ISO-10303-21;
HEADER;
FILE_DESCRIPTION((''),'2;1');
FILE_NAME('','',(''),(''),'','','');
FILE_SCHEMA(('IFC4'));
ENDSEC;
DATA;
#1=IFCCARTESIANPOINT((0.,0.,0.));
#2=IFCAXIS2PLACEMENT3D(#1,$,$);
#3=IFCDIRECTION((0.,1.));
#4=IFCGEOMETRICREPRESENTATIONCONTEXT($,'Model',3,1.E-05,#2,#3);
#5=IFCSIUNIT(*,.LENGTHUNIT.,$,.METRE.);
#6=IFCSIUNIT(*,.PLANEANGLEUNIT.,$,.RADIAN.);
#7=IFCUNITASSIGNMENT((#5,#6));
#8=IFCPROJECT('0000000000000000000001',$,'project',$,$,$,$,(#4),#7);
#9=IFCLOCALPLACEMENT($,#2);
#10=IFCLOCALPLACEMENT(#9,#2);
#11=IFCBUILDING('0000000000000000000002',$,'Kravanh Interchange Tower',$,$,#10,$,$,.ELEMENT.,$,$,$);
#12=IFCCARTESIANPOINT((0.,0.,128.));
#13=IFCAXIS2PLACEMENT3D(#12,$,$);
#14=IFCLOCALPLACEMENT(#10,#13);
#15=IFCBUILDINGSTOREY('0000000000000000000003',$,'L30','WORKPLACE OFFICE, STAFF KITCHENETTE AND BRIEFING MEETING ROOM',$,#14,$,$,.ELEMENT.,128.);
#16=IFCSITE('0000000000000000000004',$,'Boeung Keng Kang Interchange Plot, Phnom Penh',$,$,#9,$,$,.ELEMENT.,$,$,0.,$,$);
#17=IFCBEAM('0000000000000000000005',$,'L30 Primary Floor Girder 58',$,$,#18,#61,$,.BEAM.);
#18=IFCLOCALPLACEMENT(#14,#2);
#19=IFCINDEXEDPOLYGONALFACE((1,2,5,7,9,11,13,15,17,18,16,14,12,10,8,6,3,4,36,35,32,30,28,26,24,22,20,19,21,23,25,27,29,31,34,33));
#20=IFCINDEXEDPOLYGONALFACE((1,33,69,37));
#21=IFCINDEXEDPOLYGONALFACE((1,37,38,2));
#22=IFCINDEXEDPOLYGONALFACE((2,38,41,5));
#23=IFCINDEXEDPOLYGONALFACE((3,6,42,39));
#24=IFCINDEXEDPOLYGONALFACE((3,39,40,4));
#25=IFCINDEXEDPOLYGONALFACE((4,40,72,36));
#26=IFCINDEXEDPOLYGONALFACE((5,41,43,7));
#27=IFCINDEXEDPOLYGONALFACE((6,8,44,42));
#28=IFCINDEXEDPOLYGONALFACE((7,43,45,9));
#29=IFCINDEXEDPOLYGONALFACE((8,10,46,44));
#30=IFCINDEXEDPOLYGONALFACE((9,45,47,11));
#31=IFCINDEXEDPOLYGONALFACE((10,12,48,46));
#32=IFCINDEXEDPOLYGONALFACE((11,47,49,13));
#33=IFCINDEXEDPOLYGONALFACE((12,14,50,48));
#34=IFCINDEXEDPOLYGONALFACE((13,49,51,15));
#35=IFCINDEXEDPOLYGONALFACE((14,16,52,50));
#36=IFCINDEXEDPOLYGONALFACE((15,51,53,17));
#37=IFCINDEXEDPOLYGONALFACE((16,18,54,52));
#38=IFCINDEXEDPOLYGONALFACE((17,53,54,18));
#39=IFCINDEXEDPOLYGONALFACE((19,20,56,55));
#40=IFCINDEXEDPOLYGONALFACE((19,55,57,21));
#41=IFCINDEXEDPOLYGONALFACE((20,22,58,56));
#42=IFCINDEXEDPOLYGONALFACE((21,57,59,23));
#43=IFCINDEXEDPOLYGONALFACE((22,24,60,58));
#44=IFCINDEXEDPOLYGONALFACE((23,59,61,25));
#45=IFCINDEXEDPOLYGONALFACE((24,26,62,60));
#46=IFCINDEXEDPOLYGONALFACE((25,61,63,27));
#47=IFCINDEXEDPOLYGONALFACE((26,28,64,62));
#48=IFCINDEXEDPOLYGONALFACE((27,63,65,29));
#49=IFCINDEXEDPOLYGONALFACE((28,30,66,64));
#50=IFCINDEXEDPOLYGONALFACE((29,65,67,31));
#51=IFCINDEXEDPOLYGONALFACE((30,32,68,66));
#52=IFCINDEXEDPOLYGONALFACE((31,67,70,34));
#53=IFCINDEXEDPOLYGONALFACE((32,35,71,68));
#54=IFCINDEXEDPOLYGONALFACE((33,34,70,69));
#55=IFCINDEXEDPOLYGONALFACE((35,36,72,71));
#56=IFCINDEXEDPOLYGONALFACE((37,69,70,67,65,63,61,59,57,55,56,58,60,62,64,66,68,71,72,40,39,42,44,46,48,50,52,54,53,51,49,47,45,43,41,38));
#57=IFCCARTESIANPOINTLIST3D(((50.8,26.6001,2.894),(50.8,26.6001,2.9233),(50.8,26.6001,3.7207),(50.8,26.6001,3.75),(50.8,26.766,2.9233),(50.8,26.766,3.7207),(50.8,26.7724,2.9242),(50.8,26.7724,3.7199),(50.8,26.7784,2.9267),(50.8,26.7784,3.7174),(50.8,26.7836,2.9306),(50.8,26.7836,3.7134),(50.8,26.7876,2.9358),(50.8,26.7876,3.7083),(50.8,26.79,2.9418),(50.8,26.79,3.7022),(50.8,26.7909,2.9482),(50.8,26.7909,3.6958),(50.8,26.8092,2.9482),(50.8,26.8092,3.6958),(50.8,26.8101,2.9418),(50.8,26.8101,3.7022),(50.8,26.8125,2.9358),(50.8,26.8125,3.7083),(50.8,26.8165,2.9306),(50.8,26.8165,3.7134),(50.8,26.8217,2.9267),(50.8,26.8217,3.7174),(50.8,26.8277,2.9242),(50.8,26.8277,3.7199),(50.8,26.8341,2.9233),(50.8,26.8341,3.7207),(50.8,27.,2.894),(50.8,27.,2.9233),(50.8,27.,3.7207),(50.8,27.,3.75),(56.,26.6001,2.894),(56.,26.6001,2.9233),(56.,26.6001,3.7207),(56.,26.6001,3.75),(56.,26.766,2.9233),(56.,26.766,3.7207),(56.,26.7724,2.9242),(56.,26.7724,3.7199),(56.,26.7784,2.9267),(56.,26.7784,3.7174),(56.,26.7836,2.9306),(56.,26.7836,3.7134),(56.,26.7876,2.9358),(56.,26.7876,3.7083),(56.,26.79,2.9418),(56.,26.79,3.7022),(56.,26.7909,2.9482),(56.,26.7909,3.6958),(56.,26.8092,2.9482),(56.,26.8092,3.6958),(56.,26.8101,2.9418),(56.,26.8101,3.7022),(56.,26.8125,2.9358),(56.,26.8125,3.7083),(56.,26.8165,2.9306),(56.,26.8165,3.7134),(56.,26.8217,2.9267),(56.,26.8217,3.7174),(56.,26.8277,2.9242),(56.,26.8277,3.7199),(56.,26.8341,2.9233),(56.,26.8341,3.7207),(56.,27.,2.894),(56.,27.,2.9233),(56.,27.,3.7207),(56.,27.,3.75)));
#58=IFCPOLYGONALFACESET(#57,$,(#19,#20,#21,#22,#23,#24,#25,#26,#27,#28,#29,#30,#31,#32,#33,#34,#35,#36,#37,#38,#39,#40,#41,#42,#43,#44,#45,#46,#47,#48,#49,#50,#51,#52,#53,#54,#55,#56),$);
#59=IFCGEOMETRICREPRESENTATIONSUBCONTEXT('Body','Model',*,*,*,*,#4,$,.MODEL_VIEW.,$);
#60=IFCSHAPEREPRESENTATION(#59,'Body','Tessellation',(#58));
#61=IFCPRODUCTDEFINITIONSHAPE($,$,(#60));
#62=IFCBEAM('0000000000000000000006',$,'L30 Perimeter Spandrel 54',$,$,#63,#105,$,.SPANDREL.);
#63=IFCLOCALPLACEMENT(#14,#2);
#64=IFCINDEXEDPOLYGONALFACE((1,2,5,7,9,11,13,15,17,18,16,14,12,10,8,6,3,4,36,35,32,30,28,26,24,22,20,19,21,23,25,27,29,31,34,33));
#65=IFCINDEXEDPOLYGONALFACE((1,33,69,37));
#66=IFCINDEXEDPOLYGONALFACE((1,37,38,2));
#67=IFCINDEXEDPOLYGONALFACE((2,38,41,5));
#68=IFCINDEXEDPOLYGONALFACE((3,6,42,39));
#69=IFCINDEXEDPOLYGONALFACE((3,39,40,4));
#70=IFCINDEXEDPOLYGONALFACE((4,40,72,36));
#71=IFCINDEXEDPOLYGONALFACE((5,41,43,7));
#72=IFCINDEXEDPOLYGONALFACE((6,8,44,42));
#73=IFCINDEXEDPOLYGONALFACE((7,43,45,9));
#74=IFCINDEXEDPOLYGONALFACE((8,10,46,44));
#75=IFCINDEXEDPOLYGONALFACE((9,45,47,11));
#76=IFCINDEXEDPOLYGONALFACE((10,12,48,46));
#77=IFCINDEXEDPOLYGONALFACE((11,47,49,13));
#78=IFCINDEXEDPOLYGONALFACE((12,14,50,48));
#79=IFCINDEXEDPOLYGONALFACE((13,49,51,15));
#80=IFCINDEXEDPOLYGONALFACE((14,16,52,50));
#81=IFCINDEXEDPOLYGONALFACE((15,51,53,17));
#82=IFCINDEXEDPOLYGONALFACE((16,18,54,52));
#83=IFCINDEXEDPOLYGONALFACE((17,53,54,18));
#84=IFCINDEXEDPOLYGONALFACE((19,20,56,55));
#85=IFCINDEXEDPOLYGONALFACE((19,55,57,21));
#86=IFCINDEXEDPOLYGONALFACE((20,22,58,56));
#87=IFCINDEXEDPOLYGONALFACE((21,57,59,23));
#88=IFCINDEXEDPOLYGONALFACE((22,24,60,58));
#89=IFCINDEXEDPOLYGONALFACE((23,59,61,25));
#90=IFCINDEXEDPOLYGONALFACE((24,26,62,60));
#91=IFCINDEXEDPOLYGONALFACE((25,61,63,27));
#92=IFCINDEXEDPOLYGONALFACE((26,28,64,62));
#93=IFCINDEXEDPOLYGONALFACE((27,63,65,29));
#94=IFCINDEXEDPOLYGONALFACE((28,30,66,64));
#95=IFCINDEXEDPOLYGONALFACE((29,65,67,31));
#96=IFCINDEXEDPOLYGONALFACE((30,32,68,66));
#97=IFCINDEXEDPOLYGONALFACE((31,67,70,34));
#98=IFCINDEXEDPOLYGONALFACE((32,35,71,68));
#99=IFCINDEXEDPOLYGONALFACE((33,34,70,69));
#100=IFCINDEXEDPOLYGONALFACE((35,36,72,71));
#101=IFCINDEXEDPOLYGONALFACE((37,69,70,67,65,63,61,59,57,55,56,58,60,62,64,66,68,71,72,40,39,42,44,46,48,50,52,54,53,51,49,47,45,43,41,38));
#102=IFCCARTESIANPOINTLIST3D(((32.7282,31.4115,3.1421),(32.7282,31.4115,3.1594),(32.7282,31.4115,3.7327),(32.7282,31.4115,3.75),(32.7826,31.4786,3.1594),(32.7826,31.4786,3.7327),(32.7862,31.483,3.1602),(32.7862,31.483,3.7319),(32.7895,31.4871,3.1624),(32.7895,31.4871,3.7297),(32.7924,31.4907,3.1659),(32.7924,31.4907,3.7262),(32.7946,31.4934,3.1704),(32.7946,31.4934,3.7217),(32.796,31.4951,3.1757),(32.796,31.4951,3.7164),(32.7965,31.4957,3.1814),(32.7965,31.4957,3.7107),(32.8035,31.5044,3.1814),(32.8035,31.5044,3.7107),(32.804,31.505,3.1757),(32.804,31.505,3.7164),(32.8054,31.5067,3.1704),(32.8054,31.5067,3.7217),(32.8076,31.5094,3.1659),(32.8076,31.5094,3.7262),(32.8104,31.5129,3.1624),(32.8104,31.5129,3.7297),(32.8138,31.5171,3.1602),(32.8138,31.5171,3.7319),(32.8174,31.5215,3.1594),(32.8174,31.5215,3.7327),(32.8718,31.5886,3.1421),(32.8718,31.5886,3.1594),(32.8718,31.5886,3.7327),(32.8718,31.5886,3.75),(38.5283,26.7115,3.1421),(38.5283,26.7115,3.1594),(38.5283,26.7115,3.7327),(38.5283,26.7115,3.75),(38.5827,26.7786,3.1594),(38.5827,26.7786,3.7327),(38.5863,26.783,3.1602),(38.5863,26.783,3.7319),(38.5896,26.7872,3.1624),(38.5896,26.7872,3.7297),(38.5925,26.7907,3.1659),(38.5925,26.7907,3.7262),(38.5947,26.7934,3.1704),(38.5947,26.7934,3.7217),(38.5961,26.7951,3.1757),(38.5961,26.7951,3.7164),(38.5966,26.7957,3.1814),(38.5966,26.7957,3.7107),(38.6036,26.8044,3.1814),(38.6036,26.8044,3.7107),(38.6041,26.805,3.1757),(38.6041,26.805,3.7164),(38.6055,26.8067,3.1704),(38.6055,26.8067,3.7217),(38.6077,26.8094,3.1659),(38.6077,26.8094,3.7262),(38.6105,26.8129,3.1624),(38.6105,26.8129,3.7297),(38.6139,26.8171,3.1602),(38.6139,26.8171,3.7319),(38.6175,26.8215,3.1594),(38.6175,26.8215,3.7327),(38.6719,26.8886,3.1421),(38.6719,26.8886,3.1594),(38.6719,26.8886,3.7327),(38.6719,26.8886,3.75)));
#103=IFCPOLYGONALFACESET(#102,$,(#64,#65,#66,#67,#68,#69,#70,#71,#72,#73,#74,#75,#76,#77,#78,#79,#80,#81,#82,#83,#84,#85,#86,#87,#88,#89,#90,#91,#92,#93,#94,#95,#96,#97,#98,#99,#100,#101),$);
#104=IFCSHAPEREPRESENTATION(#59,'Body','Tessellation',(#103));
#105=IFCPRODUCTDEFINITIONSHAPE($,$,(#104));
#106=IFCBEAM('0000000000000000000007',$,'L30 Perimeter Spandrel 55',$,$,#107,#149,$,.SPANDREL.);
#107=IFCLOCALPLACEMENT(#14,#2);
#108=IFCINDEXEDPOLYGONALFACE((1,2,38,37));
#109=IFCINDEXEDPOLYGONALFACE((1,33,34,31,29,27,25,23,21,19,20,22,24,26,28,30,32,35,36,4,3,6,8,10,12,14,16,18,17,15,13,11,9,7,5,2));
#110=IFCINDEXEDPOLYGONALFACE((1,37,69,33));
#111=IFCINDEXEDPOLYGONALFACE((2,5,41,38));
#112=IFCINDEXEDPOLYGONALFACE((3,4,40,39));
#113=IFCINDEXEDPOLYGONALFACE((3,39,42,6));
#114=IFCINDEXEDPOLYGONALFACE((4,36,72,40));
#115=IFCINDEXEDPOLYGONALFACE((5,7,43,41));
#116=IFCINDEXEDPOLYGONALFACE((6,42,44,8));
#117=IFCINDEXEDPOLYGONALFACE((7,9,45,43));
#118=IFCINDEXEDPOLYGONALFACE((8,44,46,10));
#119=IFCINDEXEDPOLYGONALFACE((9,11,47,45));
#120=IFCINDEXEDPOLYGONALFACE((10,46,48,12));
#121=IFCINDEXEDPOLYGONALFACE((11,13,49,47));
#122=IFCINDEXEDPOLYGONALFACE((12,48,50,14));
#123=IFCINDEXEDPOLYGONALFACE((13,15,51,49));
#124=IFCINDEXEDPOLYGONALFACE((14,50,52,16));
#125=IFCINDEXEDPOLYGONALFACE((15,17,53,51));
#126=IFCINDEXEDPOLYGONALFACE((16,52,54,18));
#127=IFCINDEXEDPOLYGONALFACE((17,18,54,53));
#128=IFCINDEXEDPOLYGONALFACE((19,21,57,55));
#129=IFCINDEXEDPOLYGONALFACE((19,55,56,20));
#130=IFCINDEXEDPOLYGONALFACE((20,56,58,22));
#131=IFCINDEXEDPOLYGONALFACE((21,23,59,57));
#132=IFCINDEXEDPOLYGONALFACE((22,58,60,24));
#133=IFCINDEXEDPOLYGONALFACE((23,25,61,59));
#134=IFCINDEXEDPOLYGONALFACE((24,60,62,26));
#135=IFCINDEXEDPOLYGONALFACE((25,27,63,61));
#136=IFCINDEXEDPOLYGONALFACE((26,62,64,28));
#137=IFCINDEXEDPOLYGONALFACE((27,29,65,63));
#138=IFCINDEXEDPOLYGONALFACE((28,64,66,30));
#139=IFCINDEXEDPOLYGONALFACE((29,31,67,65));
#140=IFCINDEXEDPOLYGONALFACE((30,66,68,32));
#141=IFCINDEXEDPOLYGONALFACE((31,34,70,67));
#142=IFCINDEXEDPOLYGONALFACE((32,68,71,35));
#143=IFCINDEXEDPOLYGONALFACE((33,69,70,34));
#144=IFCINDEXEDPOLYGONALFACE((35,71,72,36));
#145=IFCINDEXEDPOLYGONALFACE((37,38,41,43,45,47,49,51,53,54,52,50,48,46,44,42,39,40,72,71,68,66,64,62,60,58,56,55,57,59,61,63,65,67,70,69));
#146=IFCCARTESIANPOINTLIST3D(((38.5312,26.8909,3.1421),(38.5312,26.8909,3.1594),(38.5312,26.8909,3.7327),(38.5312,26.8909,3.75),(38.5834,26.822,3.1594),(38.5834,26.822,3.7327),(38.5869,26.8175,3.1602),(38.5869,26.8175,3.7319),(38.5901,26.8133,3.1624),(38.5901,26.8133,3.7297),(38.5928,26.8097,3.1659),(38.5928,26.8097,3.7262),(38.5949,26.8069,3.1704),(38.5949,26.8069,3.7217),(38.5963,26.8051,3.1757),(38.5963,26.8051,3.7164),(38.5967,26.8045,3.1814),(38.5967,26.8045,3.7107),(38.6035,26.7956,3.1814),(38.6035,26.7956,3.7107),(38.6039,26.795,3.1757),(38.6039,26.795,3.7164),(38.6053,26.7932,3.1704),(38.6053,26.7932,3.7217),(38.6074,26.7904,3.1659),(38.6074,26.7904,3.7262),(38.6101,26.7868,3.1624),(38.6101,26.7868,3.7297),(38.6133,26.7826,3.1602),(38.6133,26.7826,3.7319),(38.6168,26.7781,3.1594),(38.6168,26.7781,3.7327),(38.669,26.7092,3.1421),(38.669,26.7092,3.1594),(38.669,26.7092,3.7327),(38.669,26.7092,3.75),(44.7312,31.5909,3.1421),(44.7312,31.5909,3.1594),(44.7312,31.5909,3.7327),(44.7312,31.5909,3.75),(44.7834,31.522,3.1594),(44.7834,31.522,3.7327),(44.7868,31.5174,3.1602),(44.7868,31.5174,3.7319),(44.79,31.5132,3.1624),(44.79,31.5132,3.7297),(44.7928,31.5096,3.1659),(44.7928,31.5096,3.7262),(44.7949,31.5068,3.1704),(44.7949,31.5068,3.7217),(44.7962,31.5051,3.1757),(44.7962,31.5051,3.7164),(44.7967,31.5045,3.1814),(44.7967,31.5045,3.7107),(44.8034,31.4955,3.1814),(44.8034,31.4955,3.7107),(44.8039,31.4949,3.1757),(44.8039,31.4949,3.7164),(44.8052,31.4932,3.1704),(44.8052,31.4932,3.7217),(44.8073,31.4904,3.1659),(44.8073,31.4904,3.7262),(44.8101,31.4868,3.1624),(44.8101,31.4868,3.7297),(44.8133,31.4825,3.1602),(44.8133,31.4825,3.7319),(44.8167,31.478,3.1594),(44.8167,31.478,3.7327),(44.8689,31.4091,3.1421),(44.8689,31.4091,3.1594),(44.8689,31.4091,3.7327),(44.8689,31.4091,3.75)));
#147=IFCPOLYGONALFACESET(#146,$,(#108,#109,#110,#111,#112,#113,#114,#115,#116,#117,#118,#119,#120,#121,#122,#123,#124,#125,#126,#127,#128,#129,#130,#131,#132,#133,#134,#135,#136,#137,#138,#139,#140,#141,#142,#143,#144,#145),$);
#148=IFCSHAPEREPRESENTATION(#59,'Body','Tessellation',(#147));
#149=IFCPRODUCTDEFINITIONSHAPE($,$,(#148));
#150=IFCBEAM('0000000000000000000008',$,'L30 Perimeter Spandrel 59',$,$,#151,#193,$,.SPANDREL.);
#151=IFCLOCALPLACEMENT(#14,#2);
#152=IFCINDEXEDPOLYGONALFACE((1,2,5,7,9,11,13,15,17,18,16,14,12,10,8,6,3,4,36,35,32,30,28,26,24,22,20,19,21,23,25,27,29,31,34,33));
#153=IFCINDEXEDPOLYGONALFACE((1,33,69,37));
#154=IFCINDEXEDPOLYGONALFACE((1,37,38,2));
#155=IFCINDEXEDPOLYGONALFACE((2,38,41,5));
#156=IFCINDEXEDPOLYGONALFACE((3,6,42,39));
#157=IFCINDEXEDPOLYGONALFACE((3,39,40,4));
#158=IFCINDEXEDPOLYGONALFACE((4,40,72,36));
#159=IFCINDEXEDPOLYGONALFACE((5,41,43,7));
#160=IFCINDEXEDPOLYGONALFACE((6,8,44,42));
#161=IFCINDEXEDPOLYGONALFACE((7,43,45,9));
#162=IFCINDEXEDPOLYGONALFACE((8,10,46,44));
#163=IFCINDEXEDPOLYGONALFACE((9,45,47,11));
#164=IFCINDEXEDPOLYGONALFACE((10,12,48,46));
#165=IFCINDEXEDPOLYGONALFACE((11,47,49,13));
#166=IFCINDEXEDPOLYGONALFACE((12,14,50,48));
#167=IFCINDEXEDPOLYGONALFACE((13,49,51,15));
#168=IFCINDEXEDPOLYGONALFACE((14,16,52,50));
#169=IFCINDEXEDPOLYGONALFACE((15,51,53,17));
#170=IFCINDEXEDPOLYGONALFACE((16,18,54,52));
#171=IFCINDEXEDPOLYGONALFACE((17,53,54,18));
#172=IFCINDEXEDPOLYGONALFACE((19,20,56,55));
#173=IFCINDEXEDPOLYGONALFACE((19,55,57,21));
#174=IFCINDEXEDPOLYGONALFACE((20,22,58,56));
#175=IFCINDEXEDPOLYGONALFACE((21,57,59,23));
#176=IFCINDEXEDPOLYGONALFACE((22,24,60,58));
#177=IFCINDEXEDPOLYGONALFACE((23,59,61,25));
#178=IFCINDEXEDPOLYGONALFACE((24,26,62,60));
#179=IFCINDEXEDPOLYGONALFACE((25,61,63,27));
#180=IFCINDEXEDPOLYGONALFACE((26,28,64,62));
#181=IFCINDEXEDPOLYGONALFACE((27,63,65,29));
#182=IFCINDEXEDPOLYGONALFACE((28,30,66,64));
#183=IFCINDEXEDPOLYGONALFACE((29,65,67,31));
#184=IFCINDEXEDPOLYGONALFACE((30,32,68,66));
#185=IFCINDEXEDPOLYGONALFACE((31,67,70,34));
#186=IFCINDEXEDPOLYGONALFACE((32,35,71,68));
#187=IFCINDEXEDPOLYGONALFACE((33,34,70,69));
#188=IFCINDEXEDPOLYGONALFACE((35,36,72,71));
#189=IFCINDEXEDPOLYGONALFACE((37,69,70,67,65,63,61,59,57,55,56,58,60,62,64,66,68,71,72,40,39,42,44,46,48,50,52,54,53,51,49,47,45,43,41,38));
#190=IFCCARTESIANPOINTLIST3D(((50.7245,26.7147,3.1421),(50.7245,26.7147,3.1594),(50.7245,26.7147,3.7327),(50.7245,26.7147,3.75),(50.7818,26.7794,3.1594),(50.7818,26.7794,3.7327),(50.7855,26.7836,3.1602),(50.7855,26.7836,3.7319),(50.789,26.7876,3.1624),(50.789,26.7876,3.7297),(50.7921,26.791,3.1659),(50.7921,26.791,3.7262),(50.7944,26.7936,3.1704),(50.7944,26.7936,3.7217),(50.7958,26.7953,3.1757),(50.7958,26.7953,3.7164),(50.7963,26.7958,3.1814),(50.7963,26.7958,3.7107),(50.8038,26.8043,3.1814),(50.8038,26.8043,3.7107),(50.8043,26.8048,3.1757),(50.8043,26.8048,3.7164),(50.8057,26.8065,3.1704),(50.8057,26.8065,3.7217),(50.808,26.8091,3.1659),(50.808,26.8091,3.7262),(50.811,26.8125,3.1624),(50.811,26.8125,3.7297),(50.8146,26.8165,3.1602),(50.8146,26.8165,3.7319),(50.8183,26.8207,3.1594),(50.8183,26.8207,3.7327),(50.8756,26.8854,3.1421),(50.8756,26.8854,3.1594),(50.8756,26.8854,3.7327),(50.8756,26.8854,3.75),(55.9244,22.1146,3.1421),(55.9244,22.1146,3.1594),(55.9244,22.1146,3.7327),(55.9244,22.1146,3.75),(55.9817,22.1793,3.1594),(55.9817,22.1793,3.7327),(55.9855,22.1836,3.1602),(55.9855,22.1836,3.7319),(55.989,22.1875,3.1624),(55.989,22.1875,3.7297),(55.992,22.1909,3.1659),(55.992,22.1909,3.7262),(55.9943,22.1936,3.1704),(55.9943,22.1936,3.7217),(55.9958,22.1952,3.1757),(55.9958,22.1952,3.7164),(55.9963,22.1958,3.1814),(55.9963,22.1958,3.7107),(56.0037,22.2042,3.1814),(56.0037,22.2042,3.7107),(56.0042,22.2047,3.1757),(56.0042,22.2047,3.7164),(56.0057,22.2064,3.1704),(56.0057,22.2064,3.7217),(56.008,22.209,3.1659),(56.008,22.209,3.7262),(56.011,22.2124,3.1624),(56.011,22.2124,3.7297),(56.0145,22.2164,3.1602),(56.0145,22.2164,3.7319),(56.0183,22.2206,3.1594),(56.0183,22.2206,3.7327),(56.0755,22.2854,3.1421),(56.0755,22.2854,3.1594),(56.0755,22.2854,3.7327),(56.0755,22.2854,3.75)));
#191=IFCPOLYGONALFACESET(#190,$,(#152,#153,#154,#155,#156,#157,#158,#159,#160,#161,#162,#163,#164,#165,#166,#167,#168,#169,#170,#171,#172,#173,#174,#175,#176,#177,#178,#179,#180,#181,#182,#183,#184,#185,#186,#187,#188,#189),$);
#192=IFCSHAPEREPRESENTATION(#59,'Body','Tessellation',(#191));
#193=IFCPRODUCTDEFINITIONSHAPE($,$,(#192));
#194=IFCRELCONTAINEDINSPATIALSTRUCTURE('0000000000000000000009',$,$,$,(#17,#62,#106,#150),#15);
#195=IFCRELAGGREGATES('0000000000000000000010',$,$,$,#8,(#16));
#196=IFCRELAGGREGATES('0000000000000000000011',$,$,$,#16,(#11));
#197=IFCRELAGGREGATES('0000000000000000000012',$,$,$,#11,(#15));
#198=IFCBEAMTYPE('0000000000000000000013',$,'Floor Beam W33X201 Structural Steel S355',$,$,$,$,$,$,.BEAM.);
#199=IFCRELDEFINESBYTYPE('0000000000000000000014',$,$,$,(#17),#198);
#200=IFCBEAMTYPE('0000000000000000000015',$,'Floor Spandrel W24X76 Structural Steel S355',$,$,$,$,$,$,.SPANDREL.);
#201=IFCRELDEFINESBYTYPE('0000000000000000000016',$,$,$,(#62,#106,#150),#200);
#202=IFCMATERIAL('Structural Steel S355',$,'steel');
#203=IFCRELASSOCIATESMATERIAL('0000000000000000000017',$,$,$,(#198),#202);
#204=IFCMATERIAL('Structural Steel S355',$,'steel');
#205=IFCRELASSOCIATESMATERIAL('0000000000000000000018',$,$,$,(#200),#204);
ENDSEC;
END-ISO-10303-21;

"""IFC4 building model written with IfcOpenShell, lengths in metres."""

from ifc_helpers import new_model, si_unit, direction, frame, origin, origin_2d, place, context, subcontext, project, spatial, i_section, extrude, material, material_profile, profile_set, type_object, element, save


model = new_model("IFC4")

# Units and contexts
model_context = context("Model", 3, precision=1e-05, world=origin(), true_north=direction((0.0, 1.0)))
body_context = subcontext(model_context, "Body", "Model", "MODEL_VIEW")
ifc_project = project(units=[si_unit("LENGTHUNIT", "METRE"), si_unit("PLANEANGLEUNIT", "RADIAN")], contexts=[model_context])

# Site, building, storey
site_placement = place(None, origin())
site = spatial("IfcSite", under=ifc_project, at=site_placement, Name="Boeung Keng Kang Interchange Plot, Phnom Penh", CompositionType="ELEMENT", RefElevation=0.0)
building_placement = place(site_placement, origin())
building = spatial("IfcBuilding", under=site, at=building_placement, Name="Kravanh Interchange Tower", CompositionType="ELEMENT")
storey_placement = place(building_placement, frame((0.0, 0.0, 128.0)))
storey = spatial("IfcBuildingStorey", under=building, at=storey_placement, Name="L30", Description="WORKPLACE OFFICE, STAFF KITCHENETTE AND BRIEFING MEETING ROOM", CompositionType="ELEMENT", Elevation=128.0)

# Beams
ifc_material_1 = material(Name="Structural Steel S355", Category="steel")
ifc_material_profile_1 = material_profile(ifc_material_1, i_section(OverallWidth=0.3999, OverallDepth=0.856, WebThickness=0.0183, FlangeThickness=0.0293, FilletRadius=0.0249, at=origin_2d()), Name="W33X201")
ifc_profile_set_1 = profile_set([ifc_material_profile_1], Name="Structural Steel S355")
beam_type_1 = type_object("IfcBeamType", Name="Floor Beam W33X201 Structural Steel S355", PredefinedType="BEAM", material=ifc_profile_set_1)
beam_1_placement = place(storey_placement, frame((50.8, 26.8, 3.322), z_axis=(1.0, 0.0, 0.0), x_axis=(0.0, 1.0, 0.0)))
element("IfcBeam", 1, at=beam_1_placement, inside=storey, type_object=beam_type_1, Name="L30 Primary Floor Girder 58", PredefinedType="BEAM", context=body_context, shape_type="SweptSolid", body=[
    extrude(i_section(OverallWidth=0.3999, OverallDepth=0.856, WebThickness=0.0183, FlangeThickness=0.0293, FilletRadius=0.0249, at=origin_2d()), origin(), (0.0, 0.0, 1.0), 5.2),
])
ifc_material_2 = material(Name="Structural Steel S355", Category="steel")
ifc_material_profile_2 = material_profile(ifc_material_2, i_section(OverallWidth=0.228, OverallDepth=0.6079, WebThickness=0.0112, FlangeThickness=0.0173, FilletRadius=0.022, at=origin_2d()), Name="W24X76")
ifc_profile_set_2 = profile_set([ifc_material_profile_2], Name="Structural Steel S355")
beam_type_2 = type_object("IfcBeamType", Name="Floor Spandrel W24X76 Structural Steel S355", PredefinedType="SPANDREL", material=ifc_profile_set_2)
beam_2_placement = place(storey_placement, frame((38.6001, 26.8, 3.446), z_axis=(-0.776939, 0.629576, 0.0), x_axis=(-0.629576, -0.776939, 0.0)))
element("IfcBeam", 2, at=beam_2_placement, inside=storey, type_object=beam_type_2, Name="L30 Perimeter Spandrel 54", PredefinedType="SPANDREL", context=body_context, shape_type="SweptSolid", body=[
    extrude(i_section(OverallWidth=0.228, OverallDepth=0.6079, WebThickness=0.0112, FlangeThickness=0.0173, FilletRadius=0.022, at=origin_2d()), origin(), (0.0, 0.0, 1.0), 7.4653),
])
beam_3_placement = place(storey_placement, frame((38.6001, 26.8, 3.446), z_axis=(0.796905, 0.604104, 0.0), x_axis=(-0.604104, 0.796905, 0.0)))
element("IfcBeam", 3, at=beam_3_placement, inside=storey, type_object=beam_type_2, Name="L30 Perimeter Spandrel 55", PredefinedType="SPANDREL", context=body_context, shape_type="SweptSolid", body=[
    extrude(i_section(OverallWidth=0.228, OverallDepth=0.6079, WebThickness=0.0112, FlangeThickness=0.0173, FilletRadius=0.022, at=origin_2d()), origin(), (0.0, 0.0, 1.0), 7.78),
])
beam_4_placement = place(storey_placement, frame((50.8, 26.8, 3.446), z_axis=(0.748986, -0.662585, 0.0), x_axis=(0.662585, 0.748986, 0.0)))
element("IfcBeam", 4, at=beam_4_placement, inside=storey, type_object=beam_type_2, Name="L30 Perimeter Spandrel 59", PredefinedType="SPANDREL", context=body_context, shape_type="SweptSolid", body=[
    extrude(i_section(OverallWidth=0.228, OverallDepth=0.6079, WebThickness=0.0112, FlangeThickness=0.0173, FilletRadius=0.022, at=origin_2d()), origin(), (0.0, 0.0, 1.0), 6.9426),
])

save(model, "model.ifc")
